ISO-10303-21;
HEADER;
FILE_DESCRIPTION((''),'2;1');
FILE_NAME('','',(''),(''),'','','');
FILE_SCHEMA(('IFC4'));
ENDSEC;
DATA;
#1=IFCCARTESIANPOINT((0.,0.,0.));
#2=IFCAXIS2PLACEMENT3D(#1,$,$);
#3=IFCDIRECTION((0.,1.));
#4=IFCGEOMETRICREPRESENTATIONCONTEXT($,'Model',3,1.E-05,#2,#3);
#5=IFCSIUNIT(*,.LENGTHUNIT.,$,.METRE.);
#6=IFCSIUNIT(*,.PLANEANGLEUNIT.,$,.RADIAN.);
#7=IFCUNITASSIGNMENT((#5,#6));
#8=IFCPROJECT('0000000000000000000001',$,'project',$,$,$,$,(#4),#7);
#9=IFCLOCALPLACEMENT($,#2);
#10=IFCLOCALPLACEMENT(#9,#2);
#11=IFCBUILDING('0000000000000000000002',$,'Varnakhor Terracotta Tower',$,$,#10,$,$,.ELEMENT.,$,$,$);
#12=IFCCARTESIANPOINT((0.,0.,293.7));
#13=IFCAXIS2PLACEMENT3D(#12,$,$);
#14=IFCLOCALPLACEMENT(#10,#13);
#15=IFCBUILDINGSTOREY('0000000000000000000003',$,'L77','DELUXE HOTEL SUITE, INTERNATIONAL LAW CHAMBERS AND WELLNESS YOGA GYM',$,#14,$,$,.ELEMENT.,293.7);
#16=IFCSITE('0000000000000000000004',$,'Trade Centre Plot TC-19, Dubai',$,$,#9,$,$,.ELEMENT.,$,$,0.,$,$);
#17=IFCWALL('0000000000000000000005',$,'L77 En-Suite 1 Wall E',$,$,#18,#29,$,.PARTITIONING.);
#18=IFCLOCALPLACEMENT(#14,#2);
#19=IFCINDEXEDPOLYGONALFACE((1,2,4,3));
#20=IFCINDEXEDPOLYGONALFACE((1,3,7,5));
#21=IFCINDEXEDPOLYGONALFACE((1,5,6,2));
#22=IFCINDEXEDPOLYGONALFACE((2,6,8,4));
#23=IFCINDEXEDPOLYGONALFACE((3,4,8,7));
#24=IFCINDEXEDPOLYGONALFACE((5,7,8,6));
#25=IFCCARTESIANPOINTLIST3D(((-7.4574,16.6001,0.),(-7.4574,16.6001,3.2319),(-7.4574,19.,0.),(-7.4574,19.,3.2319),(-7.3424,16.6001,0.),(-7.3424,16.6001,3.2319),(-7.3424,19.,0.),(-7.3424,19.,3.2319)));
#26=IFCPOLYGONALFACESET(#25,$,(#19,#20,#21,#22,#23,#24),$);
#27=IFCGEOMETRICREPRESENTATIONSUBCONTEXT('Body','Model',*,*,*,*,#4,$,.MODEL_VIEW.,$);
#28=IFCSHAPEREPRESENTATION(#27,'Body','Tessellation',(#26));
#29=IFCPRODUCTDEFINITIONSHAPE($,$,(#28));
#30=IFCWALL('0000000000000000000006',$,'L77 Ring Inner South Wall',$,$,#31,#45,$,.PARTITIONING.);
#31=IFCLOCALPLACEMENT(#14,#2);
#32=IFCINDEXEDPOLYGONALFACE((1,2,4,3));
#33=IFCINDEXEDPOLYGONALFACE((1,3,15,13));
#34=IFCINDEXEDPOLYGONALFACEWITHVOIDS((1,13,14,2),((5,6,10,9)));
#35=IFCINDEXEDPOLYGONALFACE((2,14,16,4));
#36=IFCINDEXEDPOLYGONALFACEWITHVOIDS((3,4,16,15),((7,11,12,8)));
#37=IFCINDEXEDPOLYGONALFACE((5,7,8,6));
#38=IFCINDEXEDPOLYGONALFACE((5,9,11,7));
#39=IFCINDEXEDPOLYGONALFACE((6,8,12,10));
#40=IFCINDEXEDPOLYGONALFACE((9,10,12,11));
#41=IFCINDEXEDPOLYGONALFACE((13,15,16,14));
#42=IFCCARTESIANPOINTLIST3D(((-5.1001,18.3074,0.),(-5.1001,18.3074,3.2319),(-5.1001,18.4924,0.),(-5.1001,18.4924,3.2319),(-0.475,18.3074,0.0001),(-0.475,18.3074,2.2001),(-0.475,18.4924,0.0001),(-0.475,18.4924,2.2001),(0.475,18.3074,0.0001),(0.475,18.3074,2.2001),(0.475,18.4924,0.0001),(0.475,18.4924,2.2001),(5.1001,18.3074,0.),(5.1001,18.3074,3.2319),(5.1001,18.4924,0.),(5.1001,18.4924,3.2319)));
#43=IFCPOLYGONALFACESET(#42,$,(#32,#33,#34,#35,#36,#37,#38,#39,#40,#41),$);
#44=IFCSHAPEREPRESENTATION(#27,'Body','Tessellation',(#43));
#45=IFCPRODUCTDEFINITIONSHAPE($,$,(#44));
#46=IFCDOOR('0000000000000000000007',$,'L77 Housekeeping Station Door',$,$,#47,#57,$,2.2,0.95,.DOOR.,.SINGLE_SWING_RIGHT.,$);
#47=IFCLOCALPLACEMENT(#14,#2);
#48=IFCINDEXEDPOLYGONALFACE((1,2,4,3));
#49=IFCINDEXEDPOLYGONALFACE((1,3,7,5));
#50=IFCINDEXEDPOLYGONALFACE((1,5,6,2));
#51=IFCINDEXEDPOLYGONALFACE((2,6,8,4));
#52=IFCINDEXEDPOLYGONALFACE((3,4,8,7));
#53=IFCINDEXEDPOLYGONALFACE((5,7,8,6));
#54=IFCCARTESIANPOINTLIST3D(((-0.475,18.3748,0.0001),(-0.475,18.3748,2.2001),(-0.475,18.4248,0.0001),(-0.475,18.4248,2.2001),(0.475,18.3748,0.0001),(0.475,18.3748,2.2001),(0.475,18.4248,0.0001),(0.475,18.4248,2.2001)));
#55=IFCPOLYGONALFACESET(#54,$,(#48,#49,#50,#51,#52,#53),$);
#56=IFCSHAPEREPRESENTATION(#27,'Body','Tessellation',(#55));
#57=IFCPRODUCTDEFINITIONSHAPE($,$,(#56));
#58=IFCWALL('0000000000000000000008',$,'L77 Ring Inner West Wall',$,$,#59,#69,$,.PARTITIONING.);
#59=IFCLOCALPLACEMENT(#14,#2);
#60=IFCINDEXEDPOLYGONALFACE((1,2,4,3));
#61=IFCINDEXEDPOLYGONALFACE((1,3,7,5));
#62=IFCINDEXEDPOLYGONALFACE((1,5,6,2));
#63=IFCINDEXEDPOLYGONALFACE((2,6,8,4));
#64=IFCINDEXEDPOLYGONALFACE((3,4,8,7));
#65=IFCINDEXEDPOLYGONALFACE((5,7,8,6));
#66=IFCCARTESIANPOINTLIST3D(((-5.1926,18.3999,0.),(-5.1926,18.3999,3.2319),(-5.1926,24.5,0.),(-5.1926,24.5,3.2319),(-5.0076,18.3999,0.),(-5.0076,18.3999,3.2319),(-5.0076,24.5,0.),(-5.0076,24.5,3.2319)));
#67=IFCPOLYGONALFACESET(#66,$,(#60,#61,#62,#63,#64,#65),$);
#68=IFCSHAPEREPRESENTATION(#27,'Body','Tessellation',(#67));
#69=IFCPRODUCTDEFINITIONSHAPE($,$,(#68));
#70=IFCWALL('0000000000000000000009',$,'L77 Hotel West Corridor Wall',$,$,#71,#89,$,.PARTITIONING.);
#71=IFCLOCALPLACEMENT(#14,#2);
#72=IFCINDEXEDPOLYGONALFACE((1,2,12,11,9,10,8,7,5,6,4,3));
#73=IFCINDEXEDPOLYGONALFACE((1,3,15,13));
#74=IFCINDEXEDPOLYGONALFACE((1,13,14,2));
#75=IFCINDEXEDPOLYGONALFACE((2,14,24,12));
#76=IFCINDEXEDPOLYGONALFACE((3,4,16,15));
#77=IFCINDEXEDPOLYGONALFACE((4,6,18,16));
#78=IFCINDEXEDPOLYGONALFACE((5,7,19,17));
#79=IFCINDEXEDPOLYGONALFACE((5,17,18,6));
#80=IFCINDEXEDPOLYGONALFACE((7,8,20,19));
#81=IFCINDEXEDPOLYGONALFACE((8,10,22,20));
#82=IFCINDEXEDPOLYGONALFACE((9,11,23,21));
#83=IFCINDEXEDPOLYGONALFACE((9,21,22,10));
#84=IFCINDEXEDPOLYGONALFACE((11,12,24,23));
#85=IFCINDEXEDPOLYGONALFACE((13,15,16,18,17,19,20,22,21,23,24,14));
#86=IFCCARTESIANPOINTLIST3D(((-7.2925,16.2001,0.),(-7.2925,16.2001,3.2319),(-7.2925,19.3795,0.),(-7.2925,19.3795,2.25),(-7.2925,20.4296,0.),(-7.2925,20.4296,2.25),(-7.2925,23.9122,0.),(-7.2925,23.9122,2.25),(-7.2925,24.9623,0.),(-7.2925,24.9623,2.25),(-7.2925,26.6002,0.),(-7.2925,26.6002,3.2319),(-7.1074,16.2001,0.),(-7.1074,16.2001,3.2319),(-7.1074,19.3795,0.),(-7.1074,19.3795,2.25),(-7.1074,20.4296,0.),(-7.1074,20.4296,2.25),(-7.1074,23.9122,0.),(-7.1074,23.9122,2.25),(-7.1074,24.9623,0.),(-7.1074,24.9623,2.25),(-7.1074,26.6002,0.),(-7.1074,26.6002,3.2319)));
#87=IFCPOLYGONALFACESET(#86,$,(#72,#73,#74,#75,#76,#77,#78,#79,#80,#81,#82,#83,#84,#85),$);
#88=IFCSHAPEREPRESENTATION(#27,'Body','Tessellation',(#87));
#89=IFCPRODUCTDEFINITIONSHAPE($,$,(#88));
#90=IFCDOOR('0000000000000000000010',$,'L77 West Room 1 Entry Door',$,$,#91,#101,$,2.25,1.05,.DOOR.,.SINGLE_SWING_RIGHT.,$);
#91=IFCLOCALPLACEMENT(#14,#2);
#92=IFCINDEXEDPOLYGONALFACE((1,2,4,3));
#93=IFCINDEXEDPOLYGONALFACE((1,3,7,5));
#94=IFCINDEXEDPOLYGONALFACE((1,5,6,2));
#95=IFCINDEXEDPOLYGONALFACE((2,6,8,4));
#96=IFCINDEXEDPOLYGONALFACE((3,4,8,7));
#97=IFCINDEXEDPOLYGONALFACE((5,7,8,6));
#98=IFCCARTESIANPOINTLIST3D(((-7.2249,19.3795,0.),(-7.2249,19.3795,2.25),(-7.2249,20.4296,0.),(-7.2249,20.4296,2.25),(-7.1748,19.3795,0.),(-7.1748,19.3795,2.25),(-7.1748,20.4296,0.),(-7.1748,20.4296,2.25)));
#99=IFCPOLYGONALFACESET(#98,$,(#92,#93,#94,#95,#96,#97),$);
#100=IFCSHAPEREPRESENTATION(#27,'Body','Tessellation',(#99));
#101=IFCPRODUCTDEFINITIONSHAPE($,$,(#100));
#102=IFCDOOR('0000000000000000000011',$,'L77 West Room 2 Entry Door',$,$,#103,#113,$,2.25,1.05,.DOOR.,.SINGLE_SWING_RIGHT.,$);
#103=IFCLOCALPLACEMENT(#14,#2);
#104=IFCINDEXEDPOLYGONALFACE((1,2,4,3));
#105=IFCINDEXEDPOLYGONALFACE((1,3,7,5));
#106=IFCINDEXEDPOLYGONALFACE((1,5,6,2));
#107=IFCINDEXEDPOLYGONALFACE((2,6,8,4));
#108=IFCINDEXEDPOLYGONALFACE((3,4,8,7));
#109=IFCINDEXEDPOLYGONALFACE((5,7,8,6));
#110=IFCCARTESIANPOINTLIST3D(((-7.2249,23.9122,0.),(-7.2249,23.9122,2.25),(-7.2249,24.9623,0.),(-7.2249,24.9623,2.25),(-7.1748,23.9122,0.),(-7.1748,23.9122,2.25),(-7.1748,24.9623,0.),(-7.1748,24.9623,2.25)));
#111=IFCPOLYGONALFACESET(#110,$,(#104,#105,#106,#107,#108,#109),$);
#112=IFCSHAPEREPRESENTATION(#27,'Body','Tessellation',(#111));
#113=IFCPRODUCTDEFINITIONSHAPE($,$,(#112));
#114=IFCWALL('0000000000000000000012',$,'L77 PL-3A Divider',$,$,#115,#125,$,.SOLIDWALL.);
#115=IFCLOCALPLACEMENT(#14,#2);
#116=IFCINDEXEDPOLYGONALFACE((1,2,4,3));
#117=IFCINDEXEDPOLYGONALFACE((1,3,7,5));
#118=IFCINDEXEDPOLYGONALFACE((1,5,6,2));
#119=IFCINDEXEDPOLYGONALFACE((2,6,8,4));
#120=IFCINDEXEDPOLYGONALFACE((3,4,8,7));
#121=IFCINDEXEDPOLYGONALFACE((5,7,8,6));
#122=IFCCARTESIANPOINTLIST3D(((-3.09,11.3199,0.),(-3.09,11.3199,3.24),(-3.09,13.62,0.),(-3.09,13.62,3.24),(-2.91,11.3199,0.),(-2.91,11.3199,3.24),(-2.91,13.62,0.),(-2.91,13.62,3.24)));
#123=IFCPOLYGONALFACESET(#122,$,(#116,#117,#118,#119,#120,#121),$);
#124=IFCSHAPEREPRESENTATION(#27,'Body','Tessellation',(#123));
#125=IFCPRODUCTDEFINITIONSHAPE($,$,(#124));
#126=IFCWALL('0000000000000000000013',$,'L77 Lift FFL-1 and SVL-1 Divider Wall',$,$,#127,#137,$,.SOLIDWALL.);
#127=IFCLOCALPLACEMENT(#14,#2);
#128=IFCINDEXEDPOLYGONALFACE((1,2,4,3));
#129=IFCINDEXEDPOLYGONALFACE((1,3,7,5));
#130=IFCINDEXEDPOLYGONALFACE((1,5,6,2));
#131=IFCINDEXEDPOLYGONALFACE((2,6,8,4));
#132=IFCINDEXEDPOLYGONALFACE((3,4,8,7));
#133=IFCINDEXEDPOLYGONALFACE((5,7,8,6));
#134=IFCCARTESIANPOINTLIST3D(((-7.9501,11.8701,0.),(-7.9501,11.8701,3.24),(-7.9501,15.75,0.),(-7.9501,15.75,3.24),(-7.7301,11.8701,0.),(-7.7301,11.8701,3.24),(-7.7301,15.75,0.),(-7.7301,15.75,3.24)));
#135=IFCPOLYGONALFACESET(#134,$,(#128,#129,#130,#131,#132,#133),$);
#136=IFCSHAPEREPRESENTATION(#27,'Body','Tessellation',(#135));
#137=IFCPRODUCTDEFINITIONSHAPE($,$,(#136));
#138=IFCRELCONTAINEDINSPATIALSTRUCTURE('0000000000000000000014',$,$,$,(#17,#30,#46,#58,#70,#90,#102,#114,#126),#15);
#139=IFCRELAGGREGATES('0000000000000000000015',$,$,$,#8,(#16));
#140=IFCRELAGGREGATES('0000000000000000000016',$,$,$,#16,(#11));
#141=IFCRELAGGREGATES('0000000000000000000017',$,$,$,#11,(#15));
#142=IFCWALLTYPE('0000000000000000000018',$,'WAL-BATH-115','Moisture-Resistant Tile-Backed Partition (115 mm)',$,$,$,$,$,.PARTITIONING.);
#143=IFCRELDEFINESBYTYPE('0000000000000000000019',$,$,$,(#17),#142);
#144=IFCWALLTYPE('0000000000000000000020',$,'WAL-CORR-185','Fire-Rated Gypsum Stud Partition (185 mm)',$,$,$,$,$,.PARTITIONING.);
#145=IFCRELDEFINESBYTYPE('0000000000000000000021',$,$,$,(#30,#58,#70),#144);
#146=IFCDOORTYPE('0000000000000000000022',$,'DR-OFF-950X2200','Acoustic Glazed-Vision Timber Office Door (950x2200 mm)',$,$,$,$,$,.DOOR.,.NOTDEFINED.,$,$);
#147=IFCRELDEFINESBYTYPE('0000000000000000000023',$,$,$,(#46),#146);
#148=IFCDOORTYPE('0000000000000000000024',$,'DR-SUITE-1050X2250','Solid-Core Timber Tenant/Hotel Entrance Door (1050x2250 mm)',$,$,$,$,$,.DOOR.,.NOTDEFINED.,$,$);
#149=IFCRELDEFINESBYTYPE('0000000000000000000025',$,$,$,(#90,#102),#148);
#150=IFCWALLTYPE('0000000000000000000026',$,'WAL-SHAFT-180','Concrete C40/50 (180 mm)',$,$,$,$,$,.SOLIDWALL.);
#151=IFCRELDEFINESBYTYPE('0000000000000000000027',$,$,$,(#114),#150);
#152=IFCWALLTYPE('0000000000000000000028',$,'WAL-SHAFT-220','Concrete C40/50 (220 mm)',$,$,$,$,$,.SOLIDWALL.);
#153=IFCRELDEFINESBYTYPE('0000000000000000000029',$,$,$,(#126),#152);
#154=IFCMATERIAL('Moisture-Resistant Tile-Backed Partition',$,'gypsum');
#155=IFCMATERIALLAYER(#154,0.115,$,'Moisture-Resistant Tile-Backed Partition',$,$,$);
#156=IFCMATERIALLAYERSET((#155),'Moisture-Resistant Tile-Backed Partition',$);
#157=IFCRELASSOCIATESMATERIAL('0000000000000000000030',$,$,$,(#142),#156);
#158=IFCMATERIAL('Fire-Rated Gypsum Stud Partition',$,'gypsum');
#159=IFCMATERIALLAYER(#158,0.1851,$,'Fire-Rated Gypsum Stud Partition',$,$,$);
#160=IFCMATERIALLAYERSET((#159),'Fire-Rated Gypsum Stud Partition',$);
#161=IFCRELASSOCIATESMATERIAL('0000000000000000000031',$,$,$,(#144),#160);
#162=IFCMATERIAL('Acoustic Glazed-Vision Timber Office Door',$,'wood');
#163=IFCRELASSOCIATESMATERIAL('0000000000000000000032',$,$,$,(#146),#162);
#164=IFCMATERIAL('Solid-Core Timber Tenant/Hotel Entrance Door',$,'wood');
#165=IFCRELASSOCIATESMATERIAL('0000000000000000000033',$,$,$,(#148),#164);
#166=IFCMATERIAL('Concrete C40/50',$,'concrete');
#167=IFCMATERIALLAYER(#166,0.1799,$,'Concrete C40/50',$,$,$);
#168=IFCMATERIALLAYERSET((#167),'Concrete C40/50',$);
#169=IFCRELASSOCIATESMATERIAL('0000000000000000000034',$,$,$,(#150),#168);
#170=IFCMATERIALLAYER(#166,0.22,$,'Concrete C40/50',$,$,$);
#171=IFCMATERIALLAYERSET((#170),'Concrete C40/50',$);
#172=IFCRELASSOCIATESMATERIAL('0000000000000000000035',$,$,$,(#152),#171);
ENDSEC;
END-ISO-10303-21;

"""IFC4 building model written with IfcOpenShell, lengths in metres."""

from ifc_helpers import new_model, si_unit, direction, frame, frame_2d, origin, place, context, subcontext, project, spatial, rectangle, extrude, source, transform, mapped, material, layer, layer_set, type_object, type_shapes, element, fill, save


model = new_model("IFC4")

# Units and contexts
model_context = context("Model", 3, precision=1e-05, world=origin(), true_north=direction((0.0, 1.0)))
body_context = subcontext(model_context, "Body", "Model", "MODEL_VIEW")
ifc_project = project(units=[si_unit("LENGTHUNIT", "METRE"), si_unit("PLANEANGLEUNIT", "RADIAN")], contexts=[model_context])

# Site, building, storey
site_placement = place(None, origin())
site = spatial("IfcSite", under=ifc_project, at=site_placement, Name="Trade Centre Plot TC-19, Dubai", CompositionType="ELEMENT", RefElevation=0.0)
building_placement = place(site_placement, origin())
building = spatial("IfcBuilding", under=site, at=building_placement, Name="Varnakhor Terracotta Tower", CompositionType="ELEMENT")
storey_placement = place(building_placement, frame((0.0, 0.0, 293.7)))
storey = spatial("IfcBuildingStorey", under=building, at=storey_placement, Name="L77", Description="DELUXE HOTEL SUITE, INTERNATIONAL LAW CHAMBERS AND WELLNESS YOGA GYM", CompositionType="ELEMENT", Elevation=293.7)

# Shared definitions
ifc_material_1 = material(Name="Moisture-Resistant Tile-Backed Partition", Category="gypsum")
ifc_layer_1 = layer(ifc_material_1, 0.115, Name="Moisture-Resistant Tile-Backed Partition")
ifc_layer_set_1 = layer_set([ifc_layer_1], Name="Moisture-Resistant Tile-Backed Partition")
wall_type_1 = type_object("IfcWallType", Name="WAL-BATH-115", Description="Moisture-Resistant Tile-Backed Partition (115 mm)", PredefinedType="PARTITIONING", material=ifc_layer_set_1)

# Wall
wall_1_placement = place(storey_placement, frame((-7.3999, 16.6001, 0.0), z_axis=(0.0, 0.0, 1.0), x_axis=(0.0, 1.0, 0.0)))
element("IfcWall", 1, at=wall_1_placement, inside=storey, type_object=wall_type_1, Name="L77 En-Suite 1 Wall E", PredefinedType="PARTITIONING", context=body_context, shape_type="SweptSolid", body=[
    extrude(rectangle(XDim=2.3999, YDim=0.115, at=frame_2d((1.2, 0.0))), origin(), (0.0, 0.0, 1.0), 3.2319),
])

# Wall, opening, door
ifc_material_2 = material(Name="Fire-Rated Gypsum Stud Partition", Category="gypsum")
ifc_layer_2 = layer(ifc_material_2, 0.1851, Name="Fire-Rated Gypsum Stud Partition")
ifc_layer_set_2 = layer_set([ifc_layer_2], Name="Fire-Rated Gypsum Stud Partition")
wall_type_2 = type_object("IfcWallType", Name="WAL-CORR-185", Description="Fire-Rated Gypsum Stud Partition (185 mm)", PredefinedType="PARTITIONING", material=ifc_layer_set_2)
wall_2_placement = place(storey_placement, frame((-5.1001, 18.3999, 0.0), z_axis=(0.0, 0.0, 1.0), x_axis=(1.0, 0.0, 0.0)))
wall_2 = element("IfcWall", 2, at=wall_2_placement, inside=storey, type_object=wall_type_2, Name="L77 Ring Inner South Wall", PredefinedType="PARTITIONING", context=body_context, shape_type="SweptSolid", body=[
    extrude(rectangle(XDim=10.2002, YDim=0.1851, at=frame_2d((5.1001, 0.0))), origin(), (0.0, 0.0, 1.0), 3.2319),
])
opening_1_placement = place(wall_2_placement, frame((4.625, 0.0, 0.0)))
opening_1 = element("IfcOpeningElement", 3, at=opening_1_placement, cuts=wall_2, PredefinedType="OPENING", context=body_context, shape_type="SweptSolid", body=[
    extrude(rectangle(XDim=0.95, YDim=2.2, at=frame_2d((0.4751, 1.1001))), frame((0.0, 0.1025, 0.0), z_axis=(0.0, -1.0, 0.0), x_axis=(1.0, 0.0, 0.0)), (0.0, 0.0, 1.0), 0.2051),
])
ifc_material_3 = material(Name="Acoustic Glazed-Vision Timber Office Door", Category="wood")
door_type_1 = type_object("IfcDoorType", Name="DR-OFF-950X2200", Description="Acoustic Glazed-Vision Timber Office Door (950x2200 mm)", OperationType="NOTDEFINED", PredefinedType="DOOR", material=ifc_material_3)
shared_shape_1 = source(origin(), body_context, "Body", "SweptSolid", [
    extrude(rectangle(XDim=0.95, YDim=2.2, at=frame_2d((0.4751, 1.1001))), frame((0.0, 0.0249, 0.0), z_axis=(0.0, -1.0, 0.0), x_axis=(1.0, 0.0, 0.0)), (0.0, 0.0, 1.0), 0.05),
])
type_shapes(door_type_1, [shared_shape_1])
door_1_placement = place(opening_1_placement, origin())
door_1 = element("IfcDoor", 4, at=door_1_placement, inside=storey, type_object=door_type_1, Name="L77 Housekeeping Station Door", OperationType="SINGLE_SWING_RIGHT", OverallHeight=2.2, OverallWidth=0.95, PredefinedType="DOOR", context=body_context, shape_type="MappedRepresentation", body=[
    mapped(shared_shape_1, transform((0.0, 0.0, 0.0), scale=1.0)),
])
fill(opening_1, door_1)

# Wall
wall_3_placement = place(storey_placement, frame((-5.1001, 18.3999, 0.0), z_axis=(0.0, 0.0, 1.0), x_axis=(0.0, 1.0, 0.0)))
element("IfcWall", 5, at=wall_3_placement, inside=storey, type_object=wall_type_2, Name="L77 Ring Inner West Wall", PredefinedType="PARTITIONING", context=body_context, shape_type="SweptSolid", body=[
    extrude(rectangle(XDim=6.1001, YDim=0.1851, at=frame_2d((3.05, 0.0))), origin(), (0.0, 0.0, 1.0), 3.2319),
])

# Wall, openings, doors
wall_4_placement = place(storey_placement, frame((-7.2, 16.2, 0.0), z_axis=(0.0, 0.0, 1.0), x_axis=(0.0, 1.0, 0.0)))
wall_4 = element("IfcWall", 6, at=wall_4_placement, inside=storey, type_object=wall_type_2, Name="L77 Hotel West Corridor Wall", PredefinedType="PARTITIONING", context=body_context, shape_type="SweptSolid", body=[
    extrude(rectangle(XDim=10.4001, YDim=0.1851, at=frame_2d((5.2002, 0.0))), origin(), (0.0, 0.0, 1.0), 3.2319),
])
opening_2_placement = place(wall_4_placement, frame((3.1797, 0.0, 0.0)))
opening_2 = element("IfcOpeningElement", 7, at=opening_2_placement, cuts=wall_4, PredefinedType="OPENING", context=body_context, shape_type="SweptSolid", body=[
    extrude(rectangle(XDim=1.05, YDim=2.25, at=frame_2d((0.5249, 1.125))), frame((0.0, 0.1025, 0.0), z_axis=(0.0, -1.0, 0.0), x_axis=(1.0, 0.0, 0.0)), (0.0, 0.0, 1.0), 0.2051),
])
opening_3_placement = place(wall_4_placement, frame((7.7124, 0.0, 0.0)))
opening_3 = element("IfcOpeningElement", 8, at=opening_3_placement, cuts=wall_4, PredefinedType="OPENING", context=body_context, shape_type="SweptSolid", body=[
    extrude(rectangle(XDim=1.05, YDim=2.25, at=frame_2d((0.5249, 1.125))), frame((0.0, 0.1025, 0.0), z_axis=(0.0, -1.0, 0.0), x_axis=(1.0, 0.0, 0.0)), (0.0, 0.0, 1.0), 0.2051),
])
ifc_material_4 = material(Name="Solid-Core Timber Tenant/Hotel Entrance Door", Category="wood")
door_type_2 = type_object("IfcDoorType", Name="DR-SUITE-1050X2250", Description="Solid-Core Timber Tenant/Hotel Entrance Door (1050x2250 mm)", OperationType="NOTDEFINED", PredefinedType="DOOR", material=ifc_material_4)
shared_shape_2 = source(origin(), body_context, "Body", "SweptSolid", [
    extrude(rectangle(XDim=1.05, YDim=2.25, at=frame_2d((0.5249, 1.125))), frame((0.0, 0.0249, 0.0), z_axis=(0.0, -1.0, 0.0), x_axis=(1.0, 0.0, 0.0)), (0.0, 0.0, 1.0), 0.05),
])
type_shapes(door_type_2, [shared_shape_2])
door_2_placement = place(opening_2_placement, origin())
door_2 = element("IfcDoor", 9, at=door_2_placement, inside=storey, type_object=door_type_2, Name="L77 West Room 1 Entry Door", OperationType="SINGLE_SWING_RIGHT", OverallHeight=2.25, OverallWidth=1.05, PredefinedType="DOOR", context=body_context, shape_type="MappedRepresentation", body=[
    mapped(shared_shape_2, transform((0.0, 0.0, 0.0), scale=1.0)),
])
fill(opening_2, door_2)
door_3_placement = place(opening_3_placement, origin())
door_3 = element("IfcDoor", 10, at=door_3_placement, inside=storey, type_object=door_type_2, Name="L77 West Room 2 Entry Door", OperationType="SINGLE_SWING_RIGHT", OverallHeight=2.25, OverallWidth=1.05, PredefinedType="DOOR", context=body_context, shape_type="MappedRepresentation", body=[
    mapped(shared_shape_2, transform((0.0, 0.0, 0.0), scale=1.0)),
])
fill(opening_3, door_3)

# Walls
ifc_material_5 = material(Name="Concrete C40/50", Category="concrete")
ifc_layer_3 = layer(ifc_material_5, 0.1799, Name="Concrete C40/50")
ifc_layer_set_3 = layer_set([ifc_layer_3], Name="Concrete C40/50")
wall_type_3 = type_object("IfcWallType", Name="WAL-SHAFT-180", Description="Concrete C40/50 (180 mm)", PredefinedType="SOLIDWALL", material=ifc_layer_set_3)
wall_5_placement = place(storey_placement, frame((-3.0, 11.3201, 0.0), z_axis=(0.0, 0.0, 1.0), x_axis=(0.0, 1.0, 0.0)))
element("IfcWall", 11, at=wall_5_placement, inside=storey, type_object=wall_type_3, Name="L77 PL-3A Divider", PredefinedType="SOLIDWALL", context=body_context, shape_type="SweptSolid", body=[
    extrude(rectangle(XDim=2.3, YDim=0.1799, at=frame_2d((1.1499, 0.0))), origin(), (0.0, 0.0, 1.0), 3.24),
])
ifc_layer_4 = layer(ifc_material_5, 0.22, Name="Concrete C40/50")
ifc_layer_set_4 = layer_set([ifc_layer_4], Name="Concrete C40/50")
wall_type_4 = type_object("IfcWallType", Name="WAL-SHAFT-220", Description="Concrete C40/50 (220 mm)", PredefinedType="SOLIDWALL", material=ifc_layer_set_4)
wall_6_placement = place(storey_placement, frame((-7.8401, 11.8701, 0.0), z_axis=(0.0, 0.0, 1.0), x_axis=(0.0, 1.0, 0.0)))
element("IfcWall", 12, at=wall_6_placement, inside=storey, type_object=wall_type_4, Name="L77 Lift FFL-1 and SVL-1 Divider Wall", PredefinedType="SOLIDWALL", context=body_context, shape_type="SweptSolid", body=[
    extrude(rectangle(XDim=3.8799, YDim=0.22, at=frame_2d((1.9399, 0.0))), origin(), (0.0, 0.0, 1.0), 3.24),
])

save(model, "model.ifc")
